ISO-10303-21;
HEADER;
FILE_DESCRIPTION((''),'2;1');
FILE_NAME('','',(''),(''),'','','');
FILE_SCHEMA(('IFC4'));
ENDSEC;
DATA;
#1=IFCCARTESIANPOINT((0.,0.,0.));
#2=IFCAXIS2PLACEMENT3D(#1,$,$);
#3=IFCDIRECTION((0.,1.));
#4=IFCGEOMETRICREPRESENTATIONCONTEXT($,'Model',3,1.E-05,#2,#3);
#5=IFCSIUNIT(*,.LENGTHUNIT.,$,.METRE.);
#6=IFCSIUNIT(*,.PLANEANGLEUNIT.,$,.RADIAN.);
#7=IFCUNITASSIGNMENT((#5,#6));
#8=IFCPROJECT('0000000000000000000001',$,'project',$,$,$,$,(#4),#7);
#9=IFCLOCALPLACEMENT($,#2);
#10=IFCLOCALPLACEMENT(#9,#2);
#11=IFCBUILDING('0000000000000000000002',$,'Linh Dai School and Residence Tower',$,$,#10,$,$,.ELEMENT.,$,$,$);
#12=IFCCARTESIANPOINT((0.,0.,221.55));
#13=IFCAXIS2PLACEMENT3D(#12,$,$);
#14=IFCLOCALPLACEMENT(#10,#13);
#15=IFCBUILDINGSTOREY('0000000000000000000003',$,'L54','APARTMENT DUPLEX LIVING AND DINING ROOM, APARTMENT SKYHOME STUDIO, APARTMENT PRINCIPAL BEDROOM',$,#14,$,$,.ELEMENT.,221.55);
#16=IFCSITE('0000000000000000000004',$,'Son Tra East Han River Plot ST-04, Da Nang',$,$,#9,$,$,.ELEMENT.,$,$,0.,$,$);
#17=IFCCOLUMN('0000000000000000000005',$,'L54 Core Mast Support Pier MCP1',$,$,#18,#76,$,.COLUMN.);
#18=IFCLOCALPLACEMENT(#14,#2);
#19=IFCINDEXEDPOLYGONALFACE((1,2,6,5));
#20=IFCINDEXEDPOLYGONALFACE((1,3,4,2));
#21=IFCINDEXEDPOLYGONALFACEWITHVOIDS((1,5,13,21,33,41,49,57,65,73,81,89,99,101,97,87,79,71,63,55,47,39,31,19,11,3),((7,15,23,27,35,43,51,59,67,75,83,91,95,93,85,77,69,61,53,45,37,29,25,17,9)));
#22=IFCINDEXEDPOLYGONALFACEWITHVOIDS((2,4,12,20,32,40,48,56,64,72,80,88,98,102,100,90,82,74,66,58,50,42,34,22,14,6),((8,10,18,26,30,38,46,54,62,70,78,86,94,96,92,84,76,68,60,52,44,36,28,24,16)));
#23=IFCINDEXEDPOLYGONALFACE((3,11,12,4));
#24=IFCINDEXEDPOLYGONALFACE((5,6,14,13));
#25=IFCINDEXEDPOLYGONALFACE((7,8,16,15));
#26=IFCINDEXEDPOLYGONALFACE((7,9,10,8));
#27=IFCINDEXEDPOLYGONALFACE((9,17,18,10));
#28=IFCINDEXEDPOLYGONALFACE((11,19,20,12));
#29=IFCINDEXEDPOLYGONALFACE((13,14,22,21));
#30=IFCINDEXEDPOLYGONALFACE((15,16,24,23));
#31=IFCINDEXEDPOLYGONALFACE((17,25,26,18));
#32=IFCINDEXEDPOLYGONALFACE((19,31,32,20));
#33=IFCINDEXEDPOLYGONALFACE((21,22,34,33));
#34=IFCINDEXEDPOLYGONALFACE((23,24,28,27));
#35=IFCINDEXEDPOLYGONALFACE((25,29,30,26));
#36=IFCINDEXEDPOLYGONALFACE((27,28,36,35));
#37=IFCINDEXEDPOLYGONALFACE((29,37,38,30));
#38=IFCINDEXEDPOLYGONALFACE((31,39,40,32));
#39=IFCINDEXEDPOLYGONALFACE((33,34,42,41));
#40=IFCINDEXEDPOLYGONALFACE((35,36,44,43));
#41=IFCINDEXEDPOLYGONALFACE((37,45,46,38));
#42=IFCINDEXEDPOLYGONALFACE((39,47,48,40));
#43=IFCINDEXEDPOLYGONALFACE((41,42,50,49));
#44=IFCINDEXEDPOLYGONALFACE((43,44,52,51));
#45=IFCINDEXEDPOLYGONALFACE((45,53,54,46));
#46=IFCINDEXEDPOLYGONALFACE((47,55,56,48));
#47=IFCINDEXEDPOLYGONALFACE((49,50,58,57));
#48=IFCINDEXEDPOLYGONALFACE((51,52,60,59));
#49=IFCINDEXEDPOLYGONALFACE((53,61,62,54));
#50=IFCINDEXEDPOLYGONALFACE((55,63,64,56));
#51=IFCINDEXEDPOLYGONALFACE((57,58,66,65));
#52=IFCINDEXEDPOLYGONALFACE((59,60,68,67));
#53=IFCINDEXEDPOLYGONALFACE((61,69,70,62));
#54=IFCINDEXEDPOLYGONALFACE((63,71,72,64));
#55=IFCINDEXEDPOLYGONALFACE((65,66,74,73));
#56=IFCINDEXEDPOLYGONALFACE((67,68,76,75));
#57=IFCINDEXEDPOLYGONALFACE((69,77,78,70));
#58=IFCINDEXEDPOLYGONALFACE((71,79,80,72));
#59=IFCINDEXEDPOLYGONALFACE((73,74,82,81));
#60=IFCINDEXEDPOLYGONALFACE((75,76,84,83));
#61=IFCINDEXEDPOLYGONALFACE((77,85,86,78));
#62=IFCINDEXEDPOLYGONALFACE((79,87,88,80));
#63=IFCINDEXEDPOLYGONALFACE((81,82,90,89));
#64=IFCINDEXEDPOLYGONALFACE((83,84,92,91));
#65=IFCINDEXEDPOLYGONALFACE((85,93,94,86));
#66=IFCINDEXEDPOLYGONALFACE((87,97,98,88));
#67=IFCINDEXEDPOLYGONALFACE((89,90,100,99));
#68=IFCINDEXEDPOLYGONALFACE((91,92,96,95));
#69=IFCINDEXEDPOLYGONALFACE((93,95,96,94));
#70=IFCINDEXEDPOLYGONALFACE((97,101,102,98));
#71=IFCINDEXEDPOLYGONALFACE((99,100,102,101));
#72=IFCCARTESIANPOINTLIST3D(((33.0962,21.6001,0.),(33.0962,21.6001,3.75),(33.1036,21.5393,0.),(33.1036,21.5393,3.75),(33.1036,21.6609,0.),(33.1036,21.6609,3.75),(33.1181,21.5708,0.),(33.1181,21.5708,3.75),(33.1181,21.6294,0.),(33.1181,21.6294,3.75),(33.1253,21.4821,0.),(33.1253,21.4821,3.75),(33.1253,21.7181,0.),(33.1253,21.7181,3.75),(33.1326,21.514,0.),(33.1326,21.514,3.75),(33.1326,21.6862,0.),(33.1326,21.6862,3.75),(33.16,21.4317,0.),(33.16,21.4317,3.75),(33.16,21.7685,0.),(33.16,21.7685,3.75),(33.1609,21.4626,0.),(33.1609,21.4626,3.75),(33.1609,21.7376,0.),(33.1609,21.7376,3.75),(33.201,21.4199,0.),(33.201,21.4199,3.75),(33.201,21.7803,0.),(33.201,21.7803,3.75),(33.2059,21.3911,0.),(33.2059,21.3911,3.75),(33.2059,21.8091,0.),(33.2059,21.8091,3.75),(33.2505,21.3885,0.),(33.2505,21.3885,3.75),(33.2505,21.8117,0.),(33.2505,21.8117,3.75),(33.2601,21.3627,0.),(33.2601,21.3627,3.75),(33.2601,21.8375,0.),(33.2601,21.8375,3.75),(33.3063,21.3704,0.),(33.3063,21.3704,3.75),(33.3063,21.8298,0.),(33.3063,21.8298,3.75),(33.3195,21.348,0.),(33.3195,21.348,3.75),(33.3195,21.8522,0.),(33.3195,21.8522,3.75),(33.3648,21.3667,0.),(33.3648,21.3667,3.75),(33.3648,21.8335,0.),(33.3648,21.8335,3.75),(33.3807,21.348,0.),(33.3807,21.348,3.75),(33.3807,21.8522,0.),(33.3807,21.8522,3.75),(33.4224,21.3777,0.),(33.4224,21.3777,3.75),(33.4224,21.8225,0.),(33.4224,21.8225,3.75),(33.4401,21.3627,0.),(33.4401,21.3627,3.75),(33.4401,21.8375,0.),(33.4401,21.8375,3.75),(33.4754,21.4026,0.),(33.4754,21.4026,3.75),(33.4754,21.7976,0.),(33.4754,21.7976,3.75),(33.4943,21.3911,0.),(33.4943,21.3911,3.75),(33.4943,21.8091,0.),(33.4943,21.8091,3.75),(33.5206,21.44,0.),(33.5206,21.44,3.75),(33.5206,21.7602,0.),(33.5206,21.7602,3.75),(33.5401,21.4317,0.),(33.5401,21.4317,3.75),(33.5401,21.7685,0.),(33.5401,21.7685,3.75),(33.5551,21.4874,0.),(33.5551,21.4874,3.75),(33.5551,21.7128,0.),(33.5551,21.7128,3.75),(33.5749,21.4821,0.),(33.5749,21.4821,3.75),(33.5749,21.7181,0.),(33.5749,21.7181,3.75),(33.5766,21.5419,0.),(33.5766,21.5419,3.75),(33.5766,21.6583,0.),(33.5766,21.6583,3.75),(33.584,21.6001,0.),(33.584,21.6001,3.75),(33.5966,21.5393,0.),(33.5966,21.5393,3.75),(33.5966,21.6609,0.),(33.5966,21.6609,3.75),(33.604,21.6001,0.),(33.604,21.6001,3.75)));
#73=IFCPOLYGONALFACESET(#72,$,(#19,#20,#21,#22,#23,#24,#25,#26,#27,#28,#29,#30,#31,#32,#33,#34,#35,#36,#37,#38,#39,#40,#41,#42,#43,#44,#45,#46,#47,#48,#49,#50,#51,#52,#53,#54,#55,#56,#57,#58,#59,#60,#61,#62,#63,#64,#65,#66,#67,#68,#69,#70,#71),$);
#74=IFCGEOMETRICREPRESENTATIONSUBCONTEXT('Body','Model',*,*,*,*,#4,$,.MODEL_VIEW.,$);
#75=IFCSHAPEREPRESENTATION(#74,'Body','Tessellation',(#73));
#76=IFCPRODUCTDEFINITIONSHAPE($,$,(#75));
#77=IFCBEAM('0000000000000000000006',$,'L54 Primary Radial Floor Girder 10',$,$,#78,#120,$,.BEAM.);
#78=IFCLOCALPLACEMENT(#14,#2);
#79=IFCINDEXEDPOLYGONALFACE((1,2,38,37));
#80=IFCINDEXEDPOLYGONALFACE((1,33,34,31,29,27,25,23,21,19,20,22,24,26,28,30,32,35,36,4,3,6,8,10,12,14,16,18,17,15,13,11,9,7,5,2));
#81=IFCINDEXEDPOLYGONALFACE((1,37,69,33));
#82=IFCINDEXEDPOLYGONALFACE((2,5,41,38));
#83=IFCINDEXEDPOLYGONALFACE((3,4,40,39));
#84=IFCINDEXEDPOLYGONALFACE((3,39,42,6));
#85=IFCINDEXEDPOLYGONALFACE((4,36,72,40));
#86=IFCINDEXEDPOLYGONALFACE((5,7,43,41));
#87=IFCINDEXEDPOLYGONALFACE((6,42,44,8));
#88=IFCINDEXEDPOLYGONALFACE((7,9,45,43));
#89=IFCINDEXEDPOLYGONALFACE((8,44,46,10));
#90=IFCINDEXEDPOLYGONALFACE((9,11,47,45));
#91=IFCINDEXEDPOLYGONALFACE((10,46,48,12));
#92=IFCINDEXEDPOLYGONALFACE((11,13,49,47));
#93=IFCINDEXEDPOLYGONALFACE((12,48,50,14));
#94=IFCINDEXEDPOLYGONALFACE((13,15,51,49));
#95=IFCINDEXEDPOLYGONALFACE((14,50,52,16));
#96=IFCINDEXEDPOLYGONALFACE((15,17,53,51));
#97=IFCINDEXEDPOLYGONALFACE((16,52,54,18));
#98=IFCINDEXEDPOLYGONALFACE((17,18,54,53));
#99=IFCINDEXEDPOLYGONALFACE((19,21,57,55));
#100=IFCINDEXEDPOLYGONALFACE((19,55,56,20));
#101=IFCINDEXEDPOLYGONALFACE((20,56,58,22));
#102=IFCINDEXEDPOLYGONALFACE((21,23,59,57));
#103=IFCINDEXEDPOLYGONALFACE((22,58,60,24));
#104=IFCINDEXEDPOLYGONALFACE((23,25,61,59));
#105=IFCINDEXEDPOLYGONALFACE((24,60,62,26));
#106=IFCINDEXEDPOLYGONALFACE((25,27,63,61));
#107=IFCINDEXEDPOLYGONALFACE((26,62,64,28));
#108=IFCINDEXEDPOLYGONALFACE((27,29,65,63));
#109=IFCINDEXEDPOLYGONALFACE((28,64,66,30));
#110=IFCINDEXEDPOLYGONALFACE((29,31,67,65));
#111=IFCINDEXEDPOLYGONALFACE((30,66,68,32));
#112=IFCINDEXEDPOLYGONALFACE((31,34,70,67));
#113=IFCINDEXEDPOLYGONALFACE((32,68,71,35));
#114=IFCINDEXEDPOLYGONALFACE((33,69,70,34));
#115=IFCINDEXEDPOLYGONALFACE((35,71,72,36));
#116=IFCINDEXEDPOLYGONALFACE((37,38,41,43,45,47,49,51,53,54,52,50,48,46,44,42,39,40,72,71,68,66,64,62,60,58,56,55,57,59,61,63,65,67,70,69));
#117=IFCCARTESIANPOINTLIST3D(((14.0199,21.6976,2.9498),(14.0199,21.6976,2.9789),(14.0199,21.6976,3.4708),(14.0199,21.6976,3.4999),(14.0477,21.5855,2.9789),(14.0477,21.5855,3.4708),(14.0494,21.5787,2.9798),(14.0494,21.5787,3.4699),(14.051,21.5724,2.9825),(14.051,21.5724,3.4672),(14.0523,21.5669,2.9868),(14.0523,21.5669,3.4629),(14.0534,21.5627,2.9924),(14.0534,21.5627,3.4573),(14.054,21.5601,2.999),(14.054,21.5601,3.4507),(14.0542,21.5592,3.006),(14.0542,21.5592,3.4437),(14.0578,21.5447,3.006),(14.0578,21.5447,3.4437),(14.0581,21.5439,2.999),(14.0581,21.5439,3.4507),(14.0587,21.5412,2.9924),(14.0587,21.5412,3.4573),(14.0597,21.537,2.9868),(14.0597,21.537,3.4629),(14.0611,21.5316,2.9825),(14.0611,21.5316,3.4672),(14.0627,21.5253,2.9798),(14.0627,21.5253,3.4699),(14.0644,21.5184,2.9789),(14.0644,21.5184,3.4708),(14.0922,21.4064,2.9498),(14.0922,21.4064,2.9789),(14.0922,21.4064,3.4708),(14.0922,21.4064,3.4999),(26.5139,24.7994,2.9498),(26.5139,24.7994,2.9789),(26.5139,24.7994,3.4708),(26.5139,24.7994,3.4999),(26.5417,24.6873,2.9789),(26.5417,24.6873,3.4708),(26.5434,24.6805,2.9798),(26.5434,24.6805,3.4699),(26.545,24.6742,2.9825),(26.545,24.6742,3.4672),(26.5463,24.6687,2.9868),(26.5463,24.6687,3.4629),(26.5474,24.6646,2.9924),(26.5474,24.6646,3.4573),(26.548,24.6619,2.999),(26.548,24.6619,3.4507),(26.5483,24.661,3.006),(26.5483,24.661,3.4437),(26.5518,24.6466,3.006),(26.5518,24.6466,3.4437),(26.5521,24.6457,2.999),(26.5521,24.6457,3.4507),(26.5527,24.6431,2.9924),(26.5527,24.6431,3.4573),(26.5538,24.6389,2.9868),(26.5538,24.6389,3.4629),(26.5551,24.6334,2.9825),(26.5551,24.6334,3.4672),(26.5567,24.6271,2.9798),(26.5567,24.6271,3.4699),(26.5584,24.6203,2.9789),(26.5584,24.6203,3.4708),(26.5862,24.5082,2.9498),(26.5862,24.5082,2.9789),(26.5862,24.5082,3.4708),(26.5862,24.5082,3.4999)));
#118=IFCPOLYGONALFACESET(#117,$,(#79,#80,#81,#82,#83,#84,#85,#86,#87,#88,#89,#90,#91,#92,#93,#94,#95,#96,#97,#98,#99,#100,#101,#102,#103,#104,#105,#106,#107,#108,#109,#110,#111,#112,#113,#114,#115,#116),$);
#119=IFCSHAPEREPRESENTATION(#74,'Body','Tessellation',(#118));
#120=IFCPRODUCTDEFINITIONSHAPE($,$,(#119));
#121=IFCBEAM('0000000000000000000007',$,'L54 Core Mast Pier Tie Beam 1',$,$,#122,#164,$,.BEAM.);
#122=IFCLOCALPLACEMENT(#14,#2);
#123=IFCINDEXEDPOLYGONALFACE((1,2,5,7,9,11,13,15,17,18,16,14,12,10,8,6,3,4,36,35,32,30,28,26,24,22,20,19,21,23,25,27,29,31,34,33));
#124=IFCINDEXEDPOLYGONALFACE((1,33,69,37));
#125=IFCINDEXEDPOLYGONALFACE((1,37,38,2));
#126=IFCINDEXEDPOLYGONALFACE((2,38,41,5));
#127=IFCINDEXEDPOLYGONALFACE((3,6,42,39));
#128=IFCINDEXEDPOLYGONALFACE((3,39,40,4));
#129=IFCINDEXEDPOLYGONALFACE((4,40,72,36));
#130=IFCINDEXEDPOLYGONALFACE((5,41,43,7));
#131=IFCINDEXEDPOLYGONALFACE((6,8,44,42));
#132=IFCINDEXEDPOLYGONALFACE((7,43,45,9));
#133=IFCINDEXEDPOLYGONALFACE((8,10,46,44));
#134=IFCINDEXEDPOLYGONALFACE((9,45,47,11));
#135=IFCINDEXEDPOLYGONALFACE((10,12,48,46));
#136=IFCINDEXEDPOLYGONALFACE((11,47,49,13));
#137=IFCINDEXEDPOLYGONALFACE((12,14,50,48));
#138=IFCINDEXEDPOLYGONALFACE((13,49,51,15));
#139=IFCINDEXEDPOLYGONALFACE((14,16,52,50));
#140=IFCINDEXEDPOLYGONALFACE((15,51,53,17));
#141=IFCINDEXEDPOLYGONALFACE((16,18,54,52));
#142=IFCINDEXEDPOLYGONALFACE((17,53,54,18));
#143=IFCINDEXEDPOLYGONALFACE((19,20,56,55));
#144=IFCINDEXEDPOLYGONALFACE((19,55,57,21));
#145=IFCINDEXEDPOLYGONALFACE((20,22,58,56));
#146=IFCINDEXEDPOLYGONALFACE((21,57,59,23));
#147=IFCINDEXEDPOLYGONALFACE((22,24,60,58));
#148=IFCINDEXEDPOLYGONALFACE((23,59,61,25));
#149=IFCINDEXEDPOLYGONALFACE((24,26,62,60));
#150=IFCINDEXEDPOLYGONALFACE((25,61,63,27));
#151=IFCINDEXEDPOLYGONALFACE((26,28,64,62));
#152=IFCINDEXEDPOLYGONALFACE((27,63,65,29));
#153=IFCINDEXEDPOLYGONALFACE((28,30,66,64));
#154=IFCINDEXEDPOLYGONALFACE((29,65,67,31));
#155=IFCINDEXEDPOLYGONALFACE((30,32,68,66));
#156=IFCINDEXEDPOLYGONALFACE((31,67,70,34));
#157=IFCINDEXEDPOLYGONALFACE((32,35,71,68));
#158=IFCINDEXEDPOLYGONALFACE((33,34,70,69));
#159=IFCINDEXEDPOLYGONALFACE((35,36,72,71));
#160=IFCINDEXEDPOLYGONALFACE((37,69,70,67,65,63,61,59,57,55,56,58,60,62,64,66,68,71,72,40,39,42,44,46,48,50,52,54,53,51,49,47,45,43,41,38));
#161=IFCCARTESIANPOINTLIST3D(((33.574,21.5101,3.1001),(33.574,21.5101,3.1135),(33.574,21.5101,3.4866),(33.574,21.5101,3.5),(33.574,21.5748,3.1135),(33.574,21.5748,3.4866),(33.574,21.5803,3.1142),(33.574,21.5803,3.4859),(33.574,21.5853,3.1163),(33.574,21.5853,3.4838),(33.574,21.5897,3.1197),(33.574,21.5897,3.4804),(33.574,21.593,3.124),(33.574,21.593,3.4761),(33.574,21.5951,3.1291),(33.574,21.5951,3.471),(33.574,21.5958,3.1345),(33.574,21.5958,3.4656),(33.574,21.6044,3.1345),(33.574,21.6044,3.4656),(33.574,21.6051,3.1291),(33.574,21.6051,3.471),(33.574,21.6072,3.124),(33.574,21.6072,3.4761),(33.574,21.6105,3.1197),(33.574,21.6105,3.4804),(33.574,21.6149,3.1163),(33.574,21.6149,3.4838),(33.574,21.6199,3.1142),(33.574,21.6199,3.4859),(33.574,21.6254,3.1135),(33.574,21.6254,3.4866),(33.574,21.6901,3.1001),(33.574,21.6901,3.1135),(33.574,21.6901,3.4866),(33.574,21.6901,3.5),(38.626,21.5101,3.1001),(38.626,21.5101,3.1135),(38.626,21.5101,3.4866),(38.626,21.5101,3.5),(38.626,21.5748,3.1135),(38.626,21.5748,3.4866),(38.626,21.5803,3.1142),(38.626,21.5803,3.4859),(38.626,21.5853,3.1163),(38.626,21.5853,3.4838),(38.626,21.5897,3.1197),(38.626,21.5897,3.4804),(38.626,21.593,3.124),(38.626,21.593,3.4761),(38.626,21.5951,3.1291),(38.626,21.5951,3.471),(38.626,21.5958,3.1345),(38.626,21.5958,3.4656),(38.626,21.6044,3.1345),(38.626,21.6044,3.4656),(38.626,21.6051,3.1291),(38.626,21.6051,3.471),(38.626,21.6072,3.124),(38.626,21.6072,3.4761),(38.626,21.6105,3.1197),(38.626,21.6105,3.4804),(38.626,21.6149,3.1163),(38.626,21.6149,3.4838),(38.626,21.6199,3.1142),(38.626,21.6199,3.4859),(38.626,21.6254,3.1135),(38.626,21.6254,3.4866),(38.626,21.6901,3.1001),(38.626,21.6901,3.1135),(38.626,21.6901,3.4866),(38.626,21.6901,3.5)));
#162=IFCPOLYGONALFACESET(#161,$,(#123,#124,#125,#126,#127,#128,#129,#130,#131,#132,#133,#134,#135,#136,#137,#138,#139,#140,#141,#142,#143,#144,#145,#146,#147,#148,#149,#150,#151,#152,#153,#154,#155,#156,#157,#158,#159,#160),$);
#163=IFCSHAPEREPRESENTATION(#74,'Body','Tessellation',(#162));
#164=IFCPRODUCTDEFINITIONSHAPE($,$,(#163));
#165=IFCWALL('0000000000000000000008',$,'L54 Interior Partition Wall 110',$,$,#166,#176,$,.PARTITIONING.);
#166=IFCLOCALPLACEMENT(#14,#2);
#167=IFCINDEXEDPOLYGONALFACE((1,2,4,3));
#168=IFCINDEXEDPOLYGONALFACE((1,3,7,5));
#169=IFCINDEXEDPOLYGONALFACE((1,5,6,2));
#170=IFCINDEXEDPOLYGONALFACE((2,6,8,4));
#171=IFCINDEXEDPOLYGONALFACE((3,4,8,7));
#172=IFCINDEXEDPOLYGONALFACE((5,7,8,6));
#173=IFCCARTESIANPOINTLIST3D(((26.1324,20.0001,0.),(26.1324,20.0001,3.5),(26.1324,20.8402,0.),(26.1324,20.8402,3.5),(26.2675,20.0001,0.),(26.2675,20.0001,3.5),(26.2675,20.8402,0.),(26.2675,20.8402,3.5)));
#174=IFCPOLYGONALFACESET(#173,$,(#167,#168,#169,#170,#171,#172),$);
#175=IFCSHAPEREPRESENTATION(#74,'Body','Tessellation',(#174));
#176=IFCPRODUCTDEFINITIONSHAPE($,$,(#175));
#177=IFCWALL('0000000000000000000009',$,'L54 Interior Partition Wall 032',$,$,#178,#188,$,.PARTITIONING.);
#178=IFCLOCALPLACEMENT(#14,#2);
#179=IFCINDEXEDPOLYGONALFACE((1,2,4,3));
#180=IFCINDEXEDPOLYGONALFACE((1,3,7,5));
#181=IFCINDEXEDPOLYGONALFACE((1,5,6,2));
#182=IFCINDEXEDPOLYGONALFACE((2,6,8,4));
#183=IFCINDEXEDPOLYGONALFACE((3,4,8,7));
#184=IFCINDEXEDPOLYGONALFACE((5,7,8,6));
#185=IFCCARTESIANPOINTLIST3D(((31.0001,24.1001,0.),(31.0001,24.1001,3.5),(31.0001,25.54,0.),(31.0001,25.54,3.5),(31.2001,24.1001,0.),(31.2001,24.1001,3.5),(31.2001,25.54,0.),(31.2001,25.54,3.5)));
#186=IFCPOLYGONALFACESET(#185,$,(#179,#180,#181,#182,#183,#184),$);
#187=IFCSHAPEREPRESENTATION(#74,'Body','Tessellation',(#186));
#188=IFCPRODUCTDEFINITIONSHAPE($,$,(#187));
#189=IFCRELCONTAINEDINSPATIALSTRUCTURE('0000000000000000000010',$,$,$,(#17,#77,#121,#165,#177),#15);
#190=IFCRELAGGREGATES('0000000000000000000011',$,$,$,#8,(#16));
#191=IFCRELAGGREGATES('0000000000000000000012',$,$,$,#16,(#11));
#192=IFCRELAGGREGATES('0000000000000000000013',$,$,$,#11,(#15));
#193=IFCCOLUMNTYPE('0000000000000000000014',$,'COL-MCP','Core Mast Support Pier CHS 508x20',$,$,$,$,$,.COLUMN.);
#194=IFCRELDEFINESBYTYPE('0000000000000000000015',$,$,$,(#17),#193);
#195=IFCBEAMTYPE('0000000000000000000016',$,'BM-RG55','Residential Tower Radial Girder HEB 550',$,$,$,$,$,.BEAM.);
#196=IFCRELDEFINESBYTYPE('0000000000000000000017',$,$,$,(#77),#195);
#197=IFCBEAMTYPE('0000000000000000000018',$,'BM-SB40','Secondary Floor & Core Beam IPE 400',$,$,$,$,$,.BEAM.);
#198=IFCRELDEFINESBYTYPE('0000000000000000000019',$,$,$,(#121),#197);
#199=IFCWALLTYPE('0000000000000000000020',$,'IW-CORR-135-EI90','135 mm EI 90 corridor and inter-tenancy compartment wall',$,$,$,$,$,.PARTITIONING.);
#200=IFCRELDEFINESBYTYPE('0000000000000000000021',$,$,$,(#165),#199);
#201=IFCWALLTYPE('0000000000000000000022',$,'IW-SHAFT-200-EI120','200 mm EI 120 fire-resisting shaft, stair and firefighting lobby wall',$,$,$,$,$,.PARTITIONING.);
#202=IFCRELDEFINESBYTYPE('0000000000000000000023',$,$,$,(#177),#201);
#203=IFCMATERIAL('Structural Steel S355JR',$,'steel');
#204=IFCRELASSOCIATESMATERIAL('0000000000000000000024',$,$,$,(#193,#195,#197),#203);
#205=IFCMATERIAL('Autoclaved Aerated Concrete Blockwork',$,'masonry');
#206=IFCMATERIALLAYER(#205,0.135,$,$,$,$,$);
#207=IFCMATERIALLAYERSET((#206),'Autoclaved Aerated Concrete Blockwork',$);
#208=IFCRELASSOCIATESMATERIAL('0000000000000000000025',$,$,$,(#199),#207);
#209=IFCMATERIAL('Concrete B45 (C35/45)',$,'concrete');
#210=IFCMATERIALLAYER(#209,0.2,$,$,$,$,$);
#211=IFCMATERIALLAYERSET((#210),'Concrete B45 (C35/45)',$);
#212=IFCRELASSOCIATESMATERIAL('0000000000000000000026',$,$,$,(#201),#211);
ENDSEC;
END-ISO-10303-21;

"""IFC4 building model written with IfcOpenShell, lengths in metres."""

from ifc_helpers import new_model, si_unit, direction, frame, frame_2d, origin, origin_2d, place, context, subcontext, project, spatial, rectangle, hollow_circle, i_section, extrude, material, layer, layer_set, material_profile, profile_set, type_object, element, save


model = new_model("IFC4")

# Units and contexts
model_context = context("Model", 3, precision=1e-05, world=origin(), true_north=direction((0.0, 1.0)))
body_context = subcontext(model_context, "Body", "Model", "MODEL_VIEW")
ifc_project = project(units=[si_unit("LENGTHUNIT", "METRE"), si_unit("PLANEANGLEUNIT", "RADIAN")], contexts=[model_context])

# Site, building, storey
site_placement = place(None, origin())
site = spatial("IfcSite", under=ifc_project, at=site_placement, Name="Son Tra East Han River Plot ST-04, Da Nang", CompositionType="ELEMENT", RefElevation=0.0)
building_placement = place(site_placement, origin())
building = spatial("IfcBuilding", under=site, at=building_placement, Name="Linh Dai School and Residence Tower", CompositionType="ELEMENT")
storey_placement = place(building_placement, frame((0.0, 0.0, 221.55)))
storey = spatial("IfcBuildingStorey", under=building, at=storey_placement, Name="L54", Description="APARTMENT DUPLEX LIVING AND DINING ROOM, APARTMENT SKYHOME STUDIO, APARTMENT PRINCIPAL BEDROOM", CompositionType="ELEMENT", Elevation=221.55)

# Column
ifc_material_1 = material(Name="Structural Steel S355JR", Category="steel")
ifc_material_profile_1 = material_profile(ifc_material_1, hollow_circle(Radius=0.2539, WallThickness=0.02, at=origin_2d()), Name="CHS 508x20")
ifc_profile_set_1 = profile_set([ifc_material_profile_1], Name="Structural Steel S355JR")
column_type_1 = type_object("IfcColumnType", Name="COL-MCP", Description="Core Mast Support Pier CHS 508x20", PredefinedType="COLUMN", material=ifc_profile_set_1)
column_placement = place(storey_placement, frame((33.3501, 21.6001, 0.0), z_axis=(0.0, 0.0, 1.0), x_axis=(1.0, 0.0, 0.0)))
element("IfcColumn", 1, at=column_placement, inside=storey, type_object=column_type_1, Name="L54 Core Mast Support Pier MCP1", PredefinedType="COLUMN", context=body_context, shape_type="SweptSolid", body=[
    extrude(hollow_circle(Radius=0.2539, WallThickness=0.02, at=origin_2d()), origin(), (0.0, 0.0, 1.0), 3.75),
])

# Beams
ifc_material_profile_2 = material_profile(ifc_material_1, i_section(OverallWidth=0.3, OverallDepth=0.55, WebThickness=0.0149, FlangeThickness=0.0291, FilletRadius=0.0271, at=origin_2d()), Name="HEB 550")
ifc_profile_set_2 = profile_set([ifc_material_profile_2], Name="Structural Steel S355JR")
beam_type_1 = type_object("IfcBeamType", Name="BM-RG55", Description="Residential Tower Radial Girder HEB 550", PredefinedType="BEAM", material=ifc_profile_set_2)
beam_1_placement = place(storey_placement, frame((26.55, 24.6538, 3.2249), z_axis=(-0.970537, -0.240951, 0.0), x_axis=(0.240951, -0.970537, 0.0)))
element("IfcBeam", 2, at=beam_1_placement, inside=storey, type_object=beam_type_1, Name="L54 Primary Radial Floor Girder 10", PredefinedType="BEAM", context=body_context, shape_type="SweptSolid", body=[
    extrude(i_section(OverallWidth=0.3, OverallDepth=0.55, WebThickness=0.0149, FlangeThickness=0.0291, FilletRadius=0.0271, at=origin_2d()), origin(), (0.0, 0.0, 1.0), 12.8733),
])
ifc_material_profile_3 = material_profile(ifc_material_1, i_section(OverallWidth=0.1799, OverallDepth=0.3999, WebThickness=0.0085, FlangeThickness=0.0134, FilletRadius=0.021, at=origin_2d()), Name="IPE 400")
ifc_profile_set_3 = profile_set([ifc_material_profile_3], Name="Structural Steel S355JR")
beam_type_2 = type_object("IfcBeamType", Name="BM-SB40", Description="Secondary Floor & Core Beam IPE 400", PredefinedType="BEAM", material=ifc_profile_set_3)
beam_2_placement = place(storey_placement, frame((33.574, 21.6001, 3.3), z_axis=(1.0, 0.0, 0.0), x_axis=(0.0, 1.0, 0.0)))
element("IfcBeam", 3, at=beam_2_placement, inside=storey, type_object=beam_type_2, Name="L54 Core Mast Pier Tie Beam 1", PredefinedType="BEAM", context=body_context, shape_type="SweptSolid", body=[
    extrude(i_section(OverallWidth=0.1799, OverallDepth=0.3999, WebThickness=0.0085, FlangeThickness=0.0134, FilletRadius=0.021, at=origin_2d()), origin(), (0.0, 0.0, 1.0), 5.052),
])

# Shared definitions
ifc_material_2 = material(Name="Autoclaved Aerated Concrete Blockwork", Category="masonry")
ifc_layer_1 = layer(ifc_material_2, 0.135)
ifc_layer_set_1 = layer_set([ifc_layer_1], Name="Autoclaved Aerated Concrete Blockwork")
wall_type_1 = type_object("IfcWallType", Name="IW-CORR-135-EI90", Description="135 mm EI 90 corridor and inter-tenancy compartment wall", PredefinedType="PARTITIONING", material=ifc_layer_set_1)

# Wall
wall_1_placement = place(storey_placement, frame((26.2, 20.8401, 0.0), z_axis=(0.0, 0.0, 1.0), x_axis=(0.0, -1.0, 0.0)))
element("IfcWall", 4, at=wall_1_placement, inside=storey, type_object=wall_type_1, Name="L54 Interior Partition Wall 110", PredefinedType="PARTITIONING", context=body_context, shape_type="SweptSolid", body=[
    extrude(rectangle(XDim=0.8401, YDim=0.135, at=frame_2d((0.4199, 0.0))), origin(), (0.0, 0.0, 1.0), 3.5),
])

# Shared definitions
ifc_material_3 = material(Name="Concrete B45 (C35/45)", Category="concrete")
ifc_layer_2 = layer(ifc_material_3, 0.2)
ifc_layer_set_2 = layer_set([ifc_layer_2], Name="Concrete B45 (C35/45)")
wall_type_2 = type_object("IfcWallType", Name="IW-SHAFT-200-EI120", Description="200 mm EI 120 fire-resisting shaft, stair and firefighting lobby wall", PredefinedType="PARTITIONING", material=ifc_layer_set_2)

# Wall
wall_2_placement = place(storey_placement, frame((31.1001, 24.1001, 0.0), z_axis=(0.0, 0.0, 1.0), x_axis=(0.0, 1.0, 0.0)))
element("IfcWall", 5, at=wall_2_placement, inside=storey, type_object=wall_type_2, Name="L54 Interior Partition Wall 032", PredefinedType="PARTITIONING", context=body_context, shape_type="SweptSolid", body=[
    extrude(rectangle(XDim=1.4399, YDim=0.2, at=frame_2d((0.72, 0.0))), origin(), (0.0, 0.0, 1.0), 3.5),
])

save(model, "model.ifc")
